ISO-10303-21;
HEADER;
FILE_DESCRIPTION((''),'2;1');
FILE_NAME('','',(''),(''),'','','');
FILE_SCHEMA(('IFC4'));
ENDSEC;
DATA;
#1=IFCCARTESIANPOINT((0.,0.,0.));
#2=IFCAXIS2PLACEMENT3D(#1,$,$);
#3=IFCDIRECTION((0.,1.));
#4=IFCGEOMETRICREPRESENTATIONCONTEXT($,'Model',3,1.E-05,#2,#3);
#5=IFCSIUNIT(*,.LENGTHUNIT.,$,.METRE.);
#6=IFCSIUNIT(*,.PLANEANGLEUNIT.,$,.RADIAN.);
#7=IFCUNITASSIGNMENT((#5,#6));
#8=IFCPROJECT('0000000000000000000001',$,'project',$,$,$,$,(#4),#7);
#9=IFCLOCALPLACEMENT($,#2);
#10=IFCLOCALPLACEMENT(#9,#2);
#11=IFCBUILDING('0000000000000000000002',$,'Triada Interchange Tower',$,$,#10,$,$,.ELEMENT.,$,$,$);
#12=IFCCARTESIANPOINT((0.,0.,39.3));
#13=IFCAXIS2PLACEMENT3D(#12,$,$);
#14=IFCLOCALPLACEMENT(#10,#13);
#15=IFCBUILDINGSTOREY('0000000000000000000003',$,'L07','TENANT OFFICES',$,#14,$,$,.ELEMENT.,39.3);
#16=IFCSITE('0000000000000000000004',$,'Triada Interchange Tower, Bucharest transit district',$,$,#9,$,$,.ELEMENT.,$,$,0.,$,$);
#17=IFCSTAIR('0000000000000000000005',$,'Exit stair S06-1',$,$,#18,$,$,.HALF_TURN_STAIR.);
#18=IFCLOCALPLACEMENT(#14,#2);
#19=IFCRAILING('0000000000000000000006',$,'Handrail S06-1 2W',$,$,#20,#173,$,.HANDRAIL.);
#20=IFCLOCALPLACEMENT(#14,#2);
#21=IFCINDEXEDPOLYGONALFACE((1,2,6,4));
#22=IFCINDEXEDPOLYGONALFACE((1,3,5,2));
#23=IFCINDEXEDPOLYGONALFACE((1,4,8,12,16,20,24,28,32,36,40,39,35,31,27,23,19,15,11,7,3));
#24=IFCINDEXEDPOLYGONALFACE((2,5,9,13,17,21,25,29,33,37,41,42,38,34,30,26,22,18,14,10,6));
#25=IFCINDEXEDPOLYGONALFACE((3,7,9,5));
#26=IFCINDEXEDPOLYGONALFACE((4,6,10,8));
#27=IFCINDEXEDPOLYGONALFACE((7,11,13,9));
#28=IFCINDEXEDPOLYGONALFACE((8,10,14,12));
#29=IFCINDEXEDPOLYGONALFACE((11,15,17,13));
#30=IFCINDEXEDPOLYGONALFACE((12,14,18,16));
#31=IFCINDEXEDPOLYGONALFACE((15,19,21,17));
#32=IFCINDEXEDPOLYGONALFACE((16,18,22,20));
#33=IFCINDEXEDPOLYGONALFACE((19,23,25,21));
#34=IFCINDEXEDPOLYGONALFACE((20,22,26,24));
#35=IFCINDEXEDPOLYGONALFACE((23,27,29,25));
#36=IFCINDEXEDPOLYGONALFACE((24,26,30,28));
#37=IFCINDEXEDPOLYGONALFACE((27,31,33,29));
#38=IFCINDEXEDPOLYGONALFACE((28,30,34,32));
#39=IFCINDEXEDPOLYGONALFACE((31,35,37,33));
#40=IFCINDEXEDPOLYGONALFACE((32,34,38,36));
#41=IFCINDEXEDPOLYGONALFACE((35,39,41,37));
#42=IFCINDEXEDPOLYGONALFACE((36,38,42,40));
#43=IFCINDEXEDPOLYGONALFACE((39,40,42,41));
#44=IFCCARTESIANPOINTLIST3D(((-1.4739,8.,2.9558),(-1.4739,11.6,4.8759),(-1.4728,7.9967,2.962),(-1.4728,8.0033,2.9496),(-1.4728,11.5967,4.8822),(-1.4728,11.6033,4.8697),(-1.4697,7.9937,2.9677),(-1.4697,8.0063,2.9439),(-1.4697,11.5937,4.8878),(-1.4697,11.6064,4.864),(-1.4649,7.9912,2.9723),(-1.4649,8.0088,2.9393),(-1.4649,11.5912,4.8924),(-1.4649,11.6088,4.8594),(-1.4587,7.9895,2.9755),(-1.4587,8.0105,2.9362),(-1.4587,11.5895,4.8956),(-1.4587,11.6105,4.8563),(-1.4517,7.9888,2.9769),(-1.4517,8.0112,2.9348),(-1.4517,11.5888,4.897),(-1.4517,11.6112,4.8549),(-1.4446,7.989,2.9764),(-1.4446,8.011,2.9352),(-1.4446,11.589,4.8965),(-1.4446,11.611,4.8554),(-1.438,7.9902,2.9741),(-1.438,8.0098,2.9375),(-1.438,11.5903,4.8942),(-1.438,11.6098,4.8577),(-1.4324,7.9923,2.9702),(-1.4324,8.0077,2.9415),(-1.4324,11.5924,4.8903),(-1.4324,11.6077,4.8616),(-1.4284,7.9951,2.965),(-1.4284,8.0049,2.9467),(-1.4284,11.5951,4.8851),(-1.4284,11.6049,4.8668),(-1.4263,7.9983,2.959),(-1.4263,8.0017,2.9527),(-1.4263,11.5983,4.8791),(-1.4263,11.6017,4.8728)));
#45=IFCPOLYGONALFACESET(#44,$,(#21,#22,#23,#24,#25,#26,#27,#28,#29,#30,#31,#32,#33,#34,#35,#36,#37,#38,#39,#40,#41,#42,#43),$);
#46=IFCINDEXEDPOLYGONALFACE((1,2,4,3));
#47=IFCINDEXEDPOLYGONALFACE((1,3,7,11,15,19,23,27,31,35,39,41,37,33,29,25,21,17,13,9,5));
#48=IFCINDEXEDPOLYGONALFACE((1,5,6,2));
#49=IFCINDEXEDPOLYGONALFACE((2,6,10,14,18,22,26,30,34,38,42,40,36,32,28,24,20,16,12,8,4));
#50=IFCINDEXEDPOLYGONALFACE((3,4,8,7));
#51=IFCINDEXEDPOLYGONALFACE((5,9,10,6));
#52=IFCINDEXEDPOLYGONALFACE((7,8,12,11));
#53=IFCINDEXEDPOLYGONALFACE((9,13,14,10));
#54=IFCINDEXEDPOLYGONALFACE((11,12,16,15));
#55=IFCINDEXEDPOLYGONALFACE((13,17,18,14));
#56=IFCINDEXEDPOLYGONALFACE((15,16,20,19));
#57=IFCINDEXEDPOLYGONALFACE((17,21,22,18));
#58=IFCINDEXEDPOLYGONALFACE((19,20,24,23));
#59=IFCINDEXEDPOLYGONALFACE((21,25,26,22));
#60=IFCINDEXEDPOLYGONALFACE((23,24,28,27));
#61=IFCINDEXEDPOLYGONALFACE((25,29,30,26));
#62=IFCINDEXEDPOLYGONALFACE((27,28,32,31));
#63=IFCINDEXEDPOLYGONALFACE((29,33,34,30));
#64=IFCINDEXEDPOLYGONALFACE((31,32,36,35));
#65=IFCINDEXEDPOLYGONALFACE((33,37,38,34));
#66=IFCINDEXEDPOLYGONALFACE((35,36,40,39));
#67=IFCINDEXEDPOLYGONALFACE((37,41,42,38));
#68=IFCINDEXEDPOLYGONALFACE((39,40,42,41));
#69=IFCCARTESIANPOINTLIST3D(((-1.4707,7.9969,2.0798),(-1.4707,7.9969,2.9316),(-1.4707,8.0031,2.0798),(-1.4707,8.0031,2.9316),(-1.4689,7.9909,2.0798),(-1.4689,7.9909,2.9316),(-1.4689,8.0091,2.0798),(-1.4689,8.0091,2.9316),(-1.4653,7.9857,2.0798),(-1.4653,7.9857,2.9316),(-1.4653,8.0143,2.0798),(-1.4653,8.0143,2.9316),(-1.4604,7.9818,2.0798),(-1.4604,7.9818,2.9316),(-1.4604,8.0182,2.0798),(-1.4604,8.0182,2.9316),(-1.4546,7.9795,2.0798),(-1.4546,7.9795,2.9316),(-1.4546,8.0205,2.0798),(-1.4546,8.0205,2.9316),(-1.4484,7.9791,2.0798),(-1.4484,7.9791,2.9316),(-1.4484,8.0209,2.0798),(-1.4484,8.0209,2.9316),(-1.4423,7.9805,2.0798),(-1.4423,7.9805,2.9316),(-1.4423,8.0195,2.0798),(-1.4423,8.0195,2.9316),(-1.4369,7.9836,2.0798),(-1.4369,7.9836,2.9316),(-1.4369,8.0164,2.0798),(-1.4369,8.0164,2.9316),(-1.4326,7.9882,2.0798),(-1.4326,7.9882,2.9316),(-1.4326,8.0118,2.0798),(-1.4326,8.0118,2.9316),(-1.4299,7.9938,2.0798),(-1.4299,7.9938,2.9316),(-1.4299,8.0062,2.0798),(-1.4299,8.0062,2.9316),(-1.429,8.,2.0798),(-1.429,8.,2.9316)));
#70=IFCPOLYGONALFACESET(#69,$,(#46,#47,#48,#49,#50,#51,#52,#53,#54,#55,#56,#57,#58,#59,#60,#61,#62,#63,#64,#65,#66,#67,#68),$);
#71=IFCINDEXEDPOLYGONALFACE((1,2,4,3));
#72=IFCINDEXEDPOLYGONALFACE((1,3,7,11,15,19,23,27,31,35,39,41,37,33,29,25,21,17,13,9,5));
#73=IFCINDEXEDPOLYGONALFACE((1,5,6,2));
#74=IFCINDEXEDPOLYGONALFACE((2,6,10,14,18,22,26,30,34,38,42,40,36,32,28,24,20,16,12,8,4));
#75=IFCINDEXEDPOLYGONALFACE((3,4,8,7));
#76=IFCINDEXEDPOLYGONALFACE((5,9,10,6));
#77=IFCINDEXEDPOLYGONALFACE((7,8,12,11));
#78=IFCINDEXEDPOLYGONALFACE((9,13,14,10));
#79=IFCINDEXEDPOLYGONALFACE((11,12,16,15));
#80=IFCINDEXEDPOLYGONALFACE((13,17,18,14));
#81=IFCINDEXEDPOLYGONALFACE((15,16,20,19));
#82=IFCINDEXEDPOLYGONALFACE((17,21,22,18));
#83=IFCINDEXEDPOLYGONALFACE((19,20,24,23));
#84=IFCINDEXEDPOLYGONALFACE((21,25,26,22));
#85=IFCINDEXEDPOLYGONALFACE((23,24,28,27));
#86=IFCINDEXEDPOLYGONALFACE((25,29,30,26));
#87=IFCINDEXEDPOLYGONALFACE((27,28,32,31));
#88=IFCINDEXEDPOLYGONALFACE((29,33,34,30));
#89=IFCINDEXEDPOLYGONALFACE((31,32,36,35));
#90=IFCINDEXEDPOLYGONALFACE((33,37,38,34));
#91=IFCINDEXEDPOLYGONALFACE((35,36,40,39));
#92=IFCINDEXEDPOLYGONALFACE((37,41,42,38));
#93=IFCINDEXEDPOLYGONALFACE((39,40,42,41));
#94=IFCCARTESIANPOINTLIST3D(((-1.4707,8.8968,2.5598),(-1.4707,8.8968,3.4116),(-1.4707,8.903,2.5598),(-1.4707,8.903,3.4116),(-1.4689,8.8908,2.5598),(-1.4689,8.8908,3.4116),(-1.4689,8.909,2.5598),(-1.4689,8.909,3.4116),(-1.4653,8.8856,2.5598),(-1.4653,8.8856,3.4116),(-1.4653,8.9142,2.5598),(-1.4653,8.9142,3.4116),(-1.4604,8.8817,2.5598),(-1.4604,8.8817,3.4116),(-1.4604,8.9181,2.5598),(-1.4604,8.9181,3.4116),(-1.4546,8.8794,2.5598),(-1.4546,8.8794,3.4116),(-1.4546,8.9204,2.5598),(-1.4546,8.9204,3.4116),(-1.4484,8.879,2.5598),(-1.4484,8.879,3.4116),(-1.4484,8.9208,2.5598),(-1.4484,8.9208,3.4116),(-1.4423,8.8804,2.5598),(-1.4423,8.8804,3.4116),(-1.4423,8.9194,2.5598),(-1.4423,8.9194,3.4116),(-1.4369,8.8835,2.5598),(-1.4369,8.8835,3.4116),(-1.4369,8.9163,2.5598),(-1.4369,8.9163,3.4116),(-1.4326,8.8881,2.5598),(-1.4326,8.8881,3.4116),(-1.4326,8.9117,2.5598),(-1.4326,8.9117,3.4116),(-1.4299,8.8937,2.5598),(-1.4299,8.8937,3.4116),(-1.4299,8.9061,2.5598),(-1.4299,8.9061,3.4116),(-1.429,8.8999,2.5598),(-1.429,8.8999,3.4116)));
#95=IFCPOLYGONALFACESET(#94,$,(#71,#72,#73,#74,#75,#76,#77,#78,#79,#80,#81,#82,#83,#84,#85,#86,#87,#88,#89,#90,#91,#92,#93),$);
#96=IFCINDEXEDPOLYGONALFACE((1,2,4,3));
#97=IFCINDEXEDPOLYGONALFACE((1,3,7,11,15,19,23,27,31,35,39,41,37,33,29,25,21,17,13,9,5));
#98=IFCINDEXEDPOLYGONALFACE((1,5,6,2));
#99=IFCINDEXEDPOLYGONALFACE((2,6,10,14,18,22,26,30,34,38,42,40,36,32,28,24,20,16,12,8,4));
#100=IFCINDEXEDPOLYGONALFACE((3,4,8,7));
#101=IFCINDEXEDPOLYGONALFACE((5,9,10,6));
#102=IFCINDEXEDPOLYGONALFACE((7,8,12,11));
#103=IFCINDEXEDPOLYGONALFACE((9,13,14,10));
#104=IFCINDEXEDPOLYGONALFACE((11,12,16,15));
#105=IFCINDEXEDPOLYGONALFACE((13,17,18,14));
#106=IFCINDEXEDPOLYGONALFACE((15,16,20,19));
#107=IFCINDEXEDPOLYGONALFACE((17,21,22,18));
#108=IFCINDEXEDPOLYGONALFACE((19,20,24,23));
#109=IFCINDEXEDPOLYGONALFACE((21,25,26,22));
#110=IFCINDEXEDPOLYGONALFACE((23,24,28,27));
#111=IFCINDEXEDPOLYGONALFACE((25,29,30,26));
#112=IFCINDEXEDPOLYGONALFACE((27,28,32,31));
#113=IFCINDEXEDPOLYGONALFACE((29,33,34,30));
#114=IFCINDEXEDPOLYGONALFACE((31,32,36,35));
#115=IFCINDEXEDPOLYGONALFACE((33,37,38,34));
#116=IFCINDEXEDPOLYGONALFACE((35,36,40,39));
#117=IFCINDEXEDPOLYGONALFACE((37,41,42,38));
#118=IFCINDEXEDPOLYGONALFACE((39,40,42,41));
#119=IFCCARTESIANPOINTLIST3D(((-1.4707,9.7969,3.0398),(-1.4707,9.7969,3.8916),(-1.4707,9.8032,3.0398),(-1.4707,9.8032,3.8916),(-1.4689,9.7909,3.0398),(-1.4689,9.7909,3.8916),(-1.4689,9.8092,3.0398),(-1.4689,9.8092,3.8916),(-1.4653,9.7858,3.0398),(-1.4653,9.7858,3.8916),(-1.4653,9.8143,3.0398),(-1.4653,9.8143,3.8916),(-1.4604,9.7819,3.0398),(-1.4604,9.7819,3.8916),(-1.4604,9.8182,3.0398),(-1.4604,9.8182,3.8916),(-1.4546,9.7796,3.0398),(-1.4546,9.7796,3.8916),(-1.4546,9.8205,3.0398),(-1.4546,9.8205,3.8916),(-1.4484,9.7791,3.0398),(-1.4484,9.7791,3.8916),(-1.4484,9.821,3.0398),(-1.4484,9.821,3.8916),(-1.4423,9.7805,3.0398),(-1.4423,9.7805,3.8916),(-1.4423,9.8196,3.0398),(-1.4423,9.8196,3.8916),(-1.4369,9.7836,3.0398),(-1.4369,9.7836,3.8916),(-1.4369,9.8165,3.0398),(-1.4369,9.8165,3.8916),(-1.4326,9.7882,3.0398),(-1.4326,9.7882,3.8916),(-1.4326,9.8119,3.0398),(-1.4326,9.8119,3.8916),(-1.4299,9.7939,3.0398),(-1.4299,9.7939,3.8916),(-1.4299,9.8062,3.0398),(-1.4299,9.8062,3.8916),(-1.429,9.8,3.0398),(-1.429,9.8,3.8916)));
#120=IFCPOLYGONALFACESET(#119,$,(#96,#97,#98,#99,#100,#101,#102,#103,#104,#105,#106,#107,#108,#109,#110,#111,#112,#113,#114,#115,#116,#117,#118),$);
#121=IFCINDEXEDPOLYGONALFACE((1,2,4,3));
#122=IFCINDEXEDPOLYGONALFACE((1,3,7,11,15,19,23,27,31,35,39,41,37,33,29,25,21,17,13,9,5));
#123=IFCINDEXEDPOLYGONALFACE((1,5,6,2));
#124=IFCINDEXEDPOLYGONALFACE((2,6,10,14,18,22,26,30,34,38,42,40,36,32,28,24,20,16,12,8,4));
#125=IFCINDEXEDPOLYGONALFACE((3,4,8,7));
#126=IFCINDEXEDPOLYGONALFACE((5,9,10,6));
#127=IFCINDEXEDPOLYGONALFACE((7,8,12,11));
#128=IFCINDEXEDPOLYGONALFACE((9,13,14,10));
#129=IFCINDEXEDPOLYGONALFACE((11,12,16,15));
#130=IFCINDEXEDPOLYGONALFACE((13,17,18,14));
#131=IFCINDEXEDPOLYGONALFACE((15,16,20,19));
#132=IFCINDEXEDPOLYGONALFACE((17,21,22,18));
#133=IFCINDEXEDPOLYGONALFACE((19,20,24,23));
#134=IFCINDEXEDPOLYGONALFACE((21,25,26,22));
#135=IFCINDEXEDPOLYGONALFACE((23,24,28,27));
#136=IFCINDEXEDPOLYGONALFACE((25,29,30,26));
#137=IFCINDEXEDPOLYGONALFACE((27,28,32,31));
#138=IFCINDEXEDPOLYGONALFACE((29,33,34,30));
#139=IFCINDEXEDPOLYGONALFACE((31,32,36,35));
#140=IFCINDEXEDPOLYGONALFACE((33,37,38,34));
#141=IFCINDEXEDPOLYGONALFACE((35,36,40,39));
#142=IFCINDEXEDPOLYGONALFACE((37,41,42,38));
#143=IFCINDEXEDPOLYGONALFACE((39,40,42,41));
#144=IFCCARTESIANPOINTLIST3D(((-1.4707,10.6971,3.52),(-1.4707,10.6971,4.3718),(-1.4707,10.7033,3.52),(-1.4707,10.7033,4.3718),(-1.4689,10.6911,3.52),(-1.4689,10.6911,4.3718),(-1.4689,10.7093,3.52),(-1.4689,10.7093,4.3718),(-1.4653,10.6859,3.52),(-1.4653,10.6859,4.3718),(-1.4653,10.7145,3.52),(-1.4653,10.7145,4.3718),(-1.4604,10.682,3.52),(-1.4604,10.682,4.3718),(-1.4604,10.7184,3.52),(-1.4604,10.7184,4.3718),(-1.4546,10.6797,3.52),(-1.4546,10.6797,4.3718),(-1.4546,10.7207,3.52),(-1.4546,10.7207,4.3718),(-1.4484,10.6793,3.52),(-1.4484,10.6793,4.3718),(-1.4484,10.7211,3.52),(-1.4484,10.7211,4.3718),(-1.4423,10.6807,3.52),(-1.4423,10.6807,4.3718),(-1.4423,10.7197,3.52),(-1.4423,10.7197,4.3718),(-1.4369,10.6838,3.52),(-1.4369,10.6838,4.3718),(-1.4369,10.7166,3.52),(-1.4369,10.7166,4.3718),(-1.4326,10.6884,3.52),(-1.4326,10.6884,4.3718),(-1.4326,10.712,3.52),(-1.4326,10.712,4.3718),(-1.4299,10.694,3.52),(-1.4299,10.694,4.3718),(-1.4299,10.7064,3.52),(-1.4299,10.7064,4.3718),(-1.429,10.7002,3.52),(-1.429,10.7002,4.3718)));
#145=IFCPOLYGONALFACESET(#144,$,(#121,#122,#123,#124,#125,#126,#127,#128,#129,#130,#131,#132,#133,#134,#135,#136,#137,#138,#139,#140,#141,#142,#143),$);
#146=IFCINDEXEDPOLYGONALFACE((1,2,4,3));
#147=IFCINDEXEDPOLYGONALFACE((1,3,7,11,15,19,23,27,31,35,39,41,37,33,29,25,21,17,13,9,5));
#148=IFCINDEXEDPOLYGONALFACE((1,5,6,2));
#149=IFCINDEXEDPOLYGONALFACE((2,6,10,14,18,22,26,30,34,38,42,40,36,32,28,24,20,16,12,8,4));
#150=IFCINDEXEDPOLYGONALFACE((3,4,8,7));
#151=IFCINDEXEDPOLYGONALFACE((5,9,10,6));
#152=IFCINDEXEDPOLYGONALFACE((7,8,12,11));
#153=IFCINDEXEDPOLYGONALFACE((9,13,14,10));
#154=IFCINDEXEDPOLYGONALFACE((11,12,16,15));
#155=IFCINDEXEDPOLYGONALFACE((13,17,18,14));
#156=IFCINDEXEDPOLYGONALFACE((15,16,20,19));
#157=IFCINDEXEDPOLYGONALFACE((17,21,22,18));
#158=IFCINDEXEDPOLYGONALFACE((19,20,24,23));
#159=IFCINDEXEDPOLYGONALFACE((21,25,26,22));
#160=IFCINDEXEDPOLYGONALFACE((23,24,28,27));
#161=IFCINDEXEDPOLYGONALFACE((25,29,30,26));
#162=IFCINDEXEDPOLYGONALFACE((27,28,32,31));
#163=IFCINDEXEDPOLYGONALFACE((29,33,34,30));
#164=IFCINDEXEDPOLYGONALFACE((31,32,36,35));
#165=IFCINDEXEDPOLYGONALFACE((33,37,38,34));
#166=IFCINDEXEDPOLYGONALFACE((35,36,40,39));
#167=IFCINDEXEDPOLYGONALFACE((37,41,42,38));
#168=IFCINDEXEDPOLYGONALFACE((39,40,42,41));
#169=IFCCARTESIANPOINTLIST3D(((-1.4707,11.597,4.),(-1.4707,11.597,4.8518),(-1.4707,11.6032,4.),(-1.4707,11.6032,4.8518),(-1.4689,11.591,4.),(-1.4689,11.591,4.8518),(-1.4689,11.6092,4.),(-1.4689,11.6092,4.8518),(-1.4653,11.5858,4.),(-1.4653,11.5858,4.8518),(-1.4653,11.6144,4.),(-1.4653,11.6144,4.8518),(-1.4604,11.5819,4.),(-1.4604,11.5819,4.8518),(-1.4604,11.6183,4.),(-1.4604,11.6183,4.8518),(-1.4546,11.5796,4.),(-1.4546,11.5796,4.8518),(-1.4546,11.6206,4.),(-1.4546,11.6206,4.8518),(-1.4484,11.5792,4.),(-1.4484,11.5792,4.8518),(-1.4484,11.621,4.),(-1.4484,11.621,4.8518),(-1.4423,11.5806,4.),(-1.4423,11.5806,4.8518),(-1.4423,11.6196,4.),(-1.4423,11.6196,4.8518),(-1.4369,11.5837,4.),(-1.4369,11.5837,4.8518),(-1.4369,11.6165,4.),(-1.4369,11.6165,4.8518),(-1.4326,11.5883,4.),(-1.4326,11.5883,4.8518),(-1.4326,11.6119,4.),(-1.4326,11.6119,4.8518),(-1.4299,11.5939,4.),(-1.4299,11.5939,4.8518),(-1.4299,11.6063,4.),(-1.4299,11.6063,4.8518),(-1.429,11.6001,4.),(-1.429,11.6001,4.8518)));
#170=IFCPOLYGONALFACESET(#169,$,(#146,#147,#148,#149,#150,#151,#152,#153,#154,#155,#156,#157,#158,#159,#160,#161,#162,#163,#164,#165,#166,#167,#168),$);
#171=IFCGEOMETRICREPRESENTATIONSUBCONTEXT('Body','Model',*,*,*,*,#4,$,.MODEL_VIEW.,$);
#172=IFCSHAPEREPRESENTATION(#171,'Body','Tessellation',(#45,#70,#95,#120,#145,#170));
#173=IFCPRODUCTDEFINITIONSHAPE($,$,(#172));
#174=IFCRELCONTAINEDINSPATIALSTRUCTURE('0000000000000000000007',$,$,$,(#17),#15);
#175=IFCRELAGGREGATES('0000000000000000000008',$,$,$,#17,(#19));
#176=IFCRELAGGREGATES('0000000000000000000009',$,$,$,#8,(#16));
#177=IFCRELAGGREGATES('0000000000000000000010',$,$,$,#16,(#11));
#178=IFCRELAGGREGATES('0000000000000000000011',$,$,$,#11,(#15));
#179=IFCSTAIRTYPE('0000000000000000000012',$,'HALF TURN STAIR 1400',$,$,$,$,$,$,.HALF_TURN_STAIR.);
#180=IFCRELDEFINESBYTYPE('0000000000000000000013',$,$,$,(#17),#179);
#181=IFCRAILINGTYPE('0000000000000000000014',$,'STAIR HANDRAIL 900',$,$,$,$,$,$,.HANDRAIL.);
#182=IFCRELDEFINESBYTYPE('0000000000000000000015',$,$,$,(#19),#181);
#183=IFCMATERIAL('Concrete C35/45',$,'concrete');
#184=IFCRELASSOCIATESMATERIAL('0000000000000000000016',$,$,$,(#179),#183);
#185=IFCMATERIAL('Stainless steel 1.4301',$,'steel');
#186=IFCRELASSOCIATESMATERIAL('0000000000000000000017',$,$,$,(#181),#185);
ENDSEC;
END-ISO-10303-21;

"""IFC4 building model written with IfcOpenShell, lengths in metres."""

from ifc_helpers import new_model, si_unit, direction, frame, origin, origin_2d, place, context, subcontext, project, spatial, circle, extrude, material, type_object, element, aggregate, save


model = new_model("IFC4")

# Units and contexts
model_context = context("Model", 3, precision=1e-05, world=origin(), true_north=direction((0.0, 1.0)))
body_context = subcontext(model_context, "Body", "Model", "MODEL_VIEW")
ifc_project = project(units=[si_unit("LENGTHUNIT", "METRE"), si_unit("PLANEANGLEUNIT", "RADIAN")], contexts=[model_context])

# Site, building, storey
site_placement = place(None, origin())
site = spatial("IfcSite", under=ifc_project, at=site_placement, Name="Triada Interchange Tower, Bucharest transit district", CompositionType="ELEMENT", RefElevation=0.0)
building_placement = place(site_placement, origin())
building = spatial("IfcBuilding", under=site, at=building_placement, Name="Triada Interchange Tower", CompositionType="ELEMENT")
storey_placement = place(building_placement, frame((0.0, 0.0, 39.3)))
storey = spatial("IfcBuildingStorey", under=building, at=storey_placement, Name="L07", Description="TENANT OFFICES", CompositionType="ELEMENT", Elevation=39.3)

# Stair
ifc_material_1 = material(Name="Concrete C35/45", Category="concrete")
stair_type = type_object("IfcStairType", Name="HALF TURN STAIR 1400", PredefinedType="HALF_TURN_STAIR", material=ifc_material_1)
stair_placement = place(storey_placement, origin())
stair = element("IfcStair", 1, at=stair_placement, inside=storey, type_object=stair_type, Name="Exit stair S06-1", PredefinedType="HALF_TURN_STAIR")

# Railing
ifc_material_2 = material(Name="Stainless steel 1.4301", Category="steel")
railing_type = type_object("IfcRailingType", Name="STAIR HANDRAIL 900", PredefinedType="HANDRAIL", material=ifc_material_2)
railing_placement = place(storey_placement, frame((-1.45, 8.0, 2.0798)))
railing = element("IfcRailing", 2, at=railing_placement, type_object=railing_type, Name="Handrail S06-1 2W", PredefinedType="HANDRAIL", context=body_context, shape_type="SweptSolid", body=[
    extrude(circle(Radius=0.0239, at=origin_2d()), frame((0.0, 0.0, 0.876), z_axis=(0.0, 0.882341, 0.47061), x_axis=(-1.0, 0.0, 0.0)), (0.0, 0.0, 1.0), 4.0801),
    extrude(circle(Radius=0.021, at=origin_2d()), origin(), (0.0, 0.0, 1.0), 0.8518),
    extrude(circle(Radius=0.021, at=origin_2d()), frame((0.0, 0.8999, 0.48)), (0.0, 0.0, 1.0), 0.8518),
    extrude(circle(Radius=0.021, at=origin_2d()), frame((0.0, 1.8, 0.96)), (0.0, 0.0, 1.0), 0.8518),
    extrude(circle(Radius=0.021, at=origin_2d()), frame((0.0, 2.7002, 1.4402)), (0.0, 0.0, 1.0), 0.8518),
    extrude(circle(Radius=0.021, at=origin_2d()), frame((0.0, 3.6001, 1.9202)), (0.0, 0.0, 1.0), 0.8518),
])
aggregate(stair, [railing])

save(model, "model.ifc")
